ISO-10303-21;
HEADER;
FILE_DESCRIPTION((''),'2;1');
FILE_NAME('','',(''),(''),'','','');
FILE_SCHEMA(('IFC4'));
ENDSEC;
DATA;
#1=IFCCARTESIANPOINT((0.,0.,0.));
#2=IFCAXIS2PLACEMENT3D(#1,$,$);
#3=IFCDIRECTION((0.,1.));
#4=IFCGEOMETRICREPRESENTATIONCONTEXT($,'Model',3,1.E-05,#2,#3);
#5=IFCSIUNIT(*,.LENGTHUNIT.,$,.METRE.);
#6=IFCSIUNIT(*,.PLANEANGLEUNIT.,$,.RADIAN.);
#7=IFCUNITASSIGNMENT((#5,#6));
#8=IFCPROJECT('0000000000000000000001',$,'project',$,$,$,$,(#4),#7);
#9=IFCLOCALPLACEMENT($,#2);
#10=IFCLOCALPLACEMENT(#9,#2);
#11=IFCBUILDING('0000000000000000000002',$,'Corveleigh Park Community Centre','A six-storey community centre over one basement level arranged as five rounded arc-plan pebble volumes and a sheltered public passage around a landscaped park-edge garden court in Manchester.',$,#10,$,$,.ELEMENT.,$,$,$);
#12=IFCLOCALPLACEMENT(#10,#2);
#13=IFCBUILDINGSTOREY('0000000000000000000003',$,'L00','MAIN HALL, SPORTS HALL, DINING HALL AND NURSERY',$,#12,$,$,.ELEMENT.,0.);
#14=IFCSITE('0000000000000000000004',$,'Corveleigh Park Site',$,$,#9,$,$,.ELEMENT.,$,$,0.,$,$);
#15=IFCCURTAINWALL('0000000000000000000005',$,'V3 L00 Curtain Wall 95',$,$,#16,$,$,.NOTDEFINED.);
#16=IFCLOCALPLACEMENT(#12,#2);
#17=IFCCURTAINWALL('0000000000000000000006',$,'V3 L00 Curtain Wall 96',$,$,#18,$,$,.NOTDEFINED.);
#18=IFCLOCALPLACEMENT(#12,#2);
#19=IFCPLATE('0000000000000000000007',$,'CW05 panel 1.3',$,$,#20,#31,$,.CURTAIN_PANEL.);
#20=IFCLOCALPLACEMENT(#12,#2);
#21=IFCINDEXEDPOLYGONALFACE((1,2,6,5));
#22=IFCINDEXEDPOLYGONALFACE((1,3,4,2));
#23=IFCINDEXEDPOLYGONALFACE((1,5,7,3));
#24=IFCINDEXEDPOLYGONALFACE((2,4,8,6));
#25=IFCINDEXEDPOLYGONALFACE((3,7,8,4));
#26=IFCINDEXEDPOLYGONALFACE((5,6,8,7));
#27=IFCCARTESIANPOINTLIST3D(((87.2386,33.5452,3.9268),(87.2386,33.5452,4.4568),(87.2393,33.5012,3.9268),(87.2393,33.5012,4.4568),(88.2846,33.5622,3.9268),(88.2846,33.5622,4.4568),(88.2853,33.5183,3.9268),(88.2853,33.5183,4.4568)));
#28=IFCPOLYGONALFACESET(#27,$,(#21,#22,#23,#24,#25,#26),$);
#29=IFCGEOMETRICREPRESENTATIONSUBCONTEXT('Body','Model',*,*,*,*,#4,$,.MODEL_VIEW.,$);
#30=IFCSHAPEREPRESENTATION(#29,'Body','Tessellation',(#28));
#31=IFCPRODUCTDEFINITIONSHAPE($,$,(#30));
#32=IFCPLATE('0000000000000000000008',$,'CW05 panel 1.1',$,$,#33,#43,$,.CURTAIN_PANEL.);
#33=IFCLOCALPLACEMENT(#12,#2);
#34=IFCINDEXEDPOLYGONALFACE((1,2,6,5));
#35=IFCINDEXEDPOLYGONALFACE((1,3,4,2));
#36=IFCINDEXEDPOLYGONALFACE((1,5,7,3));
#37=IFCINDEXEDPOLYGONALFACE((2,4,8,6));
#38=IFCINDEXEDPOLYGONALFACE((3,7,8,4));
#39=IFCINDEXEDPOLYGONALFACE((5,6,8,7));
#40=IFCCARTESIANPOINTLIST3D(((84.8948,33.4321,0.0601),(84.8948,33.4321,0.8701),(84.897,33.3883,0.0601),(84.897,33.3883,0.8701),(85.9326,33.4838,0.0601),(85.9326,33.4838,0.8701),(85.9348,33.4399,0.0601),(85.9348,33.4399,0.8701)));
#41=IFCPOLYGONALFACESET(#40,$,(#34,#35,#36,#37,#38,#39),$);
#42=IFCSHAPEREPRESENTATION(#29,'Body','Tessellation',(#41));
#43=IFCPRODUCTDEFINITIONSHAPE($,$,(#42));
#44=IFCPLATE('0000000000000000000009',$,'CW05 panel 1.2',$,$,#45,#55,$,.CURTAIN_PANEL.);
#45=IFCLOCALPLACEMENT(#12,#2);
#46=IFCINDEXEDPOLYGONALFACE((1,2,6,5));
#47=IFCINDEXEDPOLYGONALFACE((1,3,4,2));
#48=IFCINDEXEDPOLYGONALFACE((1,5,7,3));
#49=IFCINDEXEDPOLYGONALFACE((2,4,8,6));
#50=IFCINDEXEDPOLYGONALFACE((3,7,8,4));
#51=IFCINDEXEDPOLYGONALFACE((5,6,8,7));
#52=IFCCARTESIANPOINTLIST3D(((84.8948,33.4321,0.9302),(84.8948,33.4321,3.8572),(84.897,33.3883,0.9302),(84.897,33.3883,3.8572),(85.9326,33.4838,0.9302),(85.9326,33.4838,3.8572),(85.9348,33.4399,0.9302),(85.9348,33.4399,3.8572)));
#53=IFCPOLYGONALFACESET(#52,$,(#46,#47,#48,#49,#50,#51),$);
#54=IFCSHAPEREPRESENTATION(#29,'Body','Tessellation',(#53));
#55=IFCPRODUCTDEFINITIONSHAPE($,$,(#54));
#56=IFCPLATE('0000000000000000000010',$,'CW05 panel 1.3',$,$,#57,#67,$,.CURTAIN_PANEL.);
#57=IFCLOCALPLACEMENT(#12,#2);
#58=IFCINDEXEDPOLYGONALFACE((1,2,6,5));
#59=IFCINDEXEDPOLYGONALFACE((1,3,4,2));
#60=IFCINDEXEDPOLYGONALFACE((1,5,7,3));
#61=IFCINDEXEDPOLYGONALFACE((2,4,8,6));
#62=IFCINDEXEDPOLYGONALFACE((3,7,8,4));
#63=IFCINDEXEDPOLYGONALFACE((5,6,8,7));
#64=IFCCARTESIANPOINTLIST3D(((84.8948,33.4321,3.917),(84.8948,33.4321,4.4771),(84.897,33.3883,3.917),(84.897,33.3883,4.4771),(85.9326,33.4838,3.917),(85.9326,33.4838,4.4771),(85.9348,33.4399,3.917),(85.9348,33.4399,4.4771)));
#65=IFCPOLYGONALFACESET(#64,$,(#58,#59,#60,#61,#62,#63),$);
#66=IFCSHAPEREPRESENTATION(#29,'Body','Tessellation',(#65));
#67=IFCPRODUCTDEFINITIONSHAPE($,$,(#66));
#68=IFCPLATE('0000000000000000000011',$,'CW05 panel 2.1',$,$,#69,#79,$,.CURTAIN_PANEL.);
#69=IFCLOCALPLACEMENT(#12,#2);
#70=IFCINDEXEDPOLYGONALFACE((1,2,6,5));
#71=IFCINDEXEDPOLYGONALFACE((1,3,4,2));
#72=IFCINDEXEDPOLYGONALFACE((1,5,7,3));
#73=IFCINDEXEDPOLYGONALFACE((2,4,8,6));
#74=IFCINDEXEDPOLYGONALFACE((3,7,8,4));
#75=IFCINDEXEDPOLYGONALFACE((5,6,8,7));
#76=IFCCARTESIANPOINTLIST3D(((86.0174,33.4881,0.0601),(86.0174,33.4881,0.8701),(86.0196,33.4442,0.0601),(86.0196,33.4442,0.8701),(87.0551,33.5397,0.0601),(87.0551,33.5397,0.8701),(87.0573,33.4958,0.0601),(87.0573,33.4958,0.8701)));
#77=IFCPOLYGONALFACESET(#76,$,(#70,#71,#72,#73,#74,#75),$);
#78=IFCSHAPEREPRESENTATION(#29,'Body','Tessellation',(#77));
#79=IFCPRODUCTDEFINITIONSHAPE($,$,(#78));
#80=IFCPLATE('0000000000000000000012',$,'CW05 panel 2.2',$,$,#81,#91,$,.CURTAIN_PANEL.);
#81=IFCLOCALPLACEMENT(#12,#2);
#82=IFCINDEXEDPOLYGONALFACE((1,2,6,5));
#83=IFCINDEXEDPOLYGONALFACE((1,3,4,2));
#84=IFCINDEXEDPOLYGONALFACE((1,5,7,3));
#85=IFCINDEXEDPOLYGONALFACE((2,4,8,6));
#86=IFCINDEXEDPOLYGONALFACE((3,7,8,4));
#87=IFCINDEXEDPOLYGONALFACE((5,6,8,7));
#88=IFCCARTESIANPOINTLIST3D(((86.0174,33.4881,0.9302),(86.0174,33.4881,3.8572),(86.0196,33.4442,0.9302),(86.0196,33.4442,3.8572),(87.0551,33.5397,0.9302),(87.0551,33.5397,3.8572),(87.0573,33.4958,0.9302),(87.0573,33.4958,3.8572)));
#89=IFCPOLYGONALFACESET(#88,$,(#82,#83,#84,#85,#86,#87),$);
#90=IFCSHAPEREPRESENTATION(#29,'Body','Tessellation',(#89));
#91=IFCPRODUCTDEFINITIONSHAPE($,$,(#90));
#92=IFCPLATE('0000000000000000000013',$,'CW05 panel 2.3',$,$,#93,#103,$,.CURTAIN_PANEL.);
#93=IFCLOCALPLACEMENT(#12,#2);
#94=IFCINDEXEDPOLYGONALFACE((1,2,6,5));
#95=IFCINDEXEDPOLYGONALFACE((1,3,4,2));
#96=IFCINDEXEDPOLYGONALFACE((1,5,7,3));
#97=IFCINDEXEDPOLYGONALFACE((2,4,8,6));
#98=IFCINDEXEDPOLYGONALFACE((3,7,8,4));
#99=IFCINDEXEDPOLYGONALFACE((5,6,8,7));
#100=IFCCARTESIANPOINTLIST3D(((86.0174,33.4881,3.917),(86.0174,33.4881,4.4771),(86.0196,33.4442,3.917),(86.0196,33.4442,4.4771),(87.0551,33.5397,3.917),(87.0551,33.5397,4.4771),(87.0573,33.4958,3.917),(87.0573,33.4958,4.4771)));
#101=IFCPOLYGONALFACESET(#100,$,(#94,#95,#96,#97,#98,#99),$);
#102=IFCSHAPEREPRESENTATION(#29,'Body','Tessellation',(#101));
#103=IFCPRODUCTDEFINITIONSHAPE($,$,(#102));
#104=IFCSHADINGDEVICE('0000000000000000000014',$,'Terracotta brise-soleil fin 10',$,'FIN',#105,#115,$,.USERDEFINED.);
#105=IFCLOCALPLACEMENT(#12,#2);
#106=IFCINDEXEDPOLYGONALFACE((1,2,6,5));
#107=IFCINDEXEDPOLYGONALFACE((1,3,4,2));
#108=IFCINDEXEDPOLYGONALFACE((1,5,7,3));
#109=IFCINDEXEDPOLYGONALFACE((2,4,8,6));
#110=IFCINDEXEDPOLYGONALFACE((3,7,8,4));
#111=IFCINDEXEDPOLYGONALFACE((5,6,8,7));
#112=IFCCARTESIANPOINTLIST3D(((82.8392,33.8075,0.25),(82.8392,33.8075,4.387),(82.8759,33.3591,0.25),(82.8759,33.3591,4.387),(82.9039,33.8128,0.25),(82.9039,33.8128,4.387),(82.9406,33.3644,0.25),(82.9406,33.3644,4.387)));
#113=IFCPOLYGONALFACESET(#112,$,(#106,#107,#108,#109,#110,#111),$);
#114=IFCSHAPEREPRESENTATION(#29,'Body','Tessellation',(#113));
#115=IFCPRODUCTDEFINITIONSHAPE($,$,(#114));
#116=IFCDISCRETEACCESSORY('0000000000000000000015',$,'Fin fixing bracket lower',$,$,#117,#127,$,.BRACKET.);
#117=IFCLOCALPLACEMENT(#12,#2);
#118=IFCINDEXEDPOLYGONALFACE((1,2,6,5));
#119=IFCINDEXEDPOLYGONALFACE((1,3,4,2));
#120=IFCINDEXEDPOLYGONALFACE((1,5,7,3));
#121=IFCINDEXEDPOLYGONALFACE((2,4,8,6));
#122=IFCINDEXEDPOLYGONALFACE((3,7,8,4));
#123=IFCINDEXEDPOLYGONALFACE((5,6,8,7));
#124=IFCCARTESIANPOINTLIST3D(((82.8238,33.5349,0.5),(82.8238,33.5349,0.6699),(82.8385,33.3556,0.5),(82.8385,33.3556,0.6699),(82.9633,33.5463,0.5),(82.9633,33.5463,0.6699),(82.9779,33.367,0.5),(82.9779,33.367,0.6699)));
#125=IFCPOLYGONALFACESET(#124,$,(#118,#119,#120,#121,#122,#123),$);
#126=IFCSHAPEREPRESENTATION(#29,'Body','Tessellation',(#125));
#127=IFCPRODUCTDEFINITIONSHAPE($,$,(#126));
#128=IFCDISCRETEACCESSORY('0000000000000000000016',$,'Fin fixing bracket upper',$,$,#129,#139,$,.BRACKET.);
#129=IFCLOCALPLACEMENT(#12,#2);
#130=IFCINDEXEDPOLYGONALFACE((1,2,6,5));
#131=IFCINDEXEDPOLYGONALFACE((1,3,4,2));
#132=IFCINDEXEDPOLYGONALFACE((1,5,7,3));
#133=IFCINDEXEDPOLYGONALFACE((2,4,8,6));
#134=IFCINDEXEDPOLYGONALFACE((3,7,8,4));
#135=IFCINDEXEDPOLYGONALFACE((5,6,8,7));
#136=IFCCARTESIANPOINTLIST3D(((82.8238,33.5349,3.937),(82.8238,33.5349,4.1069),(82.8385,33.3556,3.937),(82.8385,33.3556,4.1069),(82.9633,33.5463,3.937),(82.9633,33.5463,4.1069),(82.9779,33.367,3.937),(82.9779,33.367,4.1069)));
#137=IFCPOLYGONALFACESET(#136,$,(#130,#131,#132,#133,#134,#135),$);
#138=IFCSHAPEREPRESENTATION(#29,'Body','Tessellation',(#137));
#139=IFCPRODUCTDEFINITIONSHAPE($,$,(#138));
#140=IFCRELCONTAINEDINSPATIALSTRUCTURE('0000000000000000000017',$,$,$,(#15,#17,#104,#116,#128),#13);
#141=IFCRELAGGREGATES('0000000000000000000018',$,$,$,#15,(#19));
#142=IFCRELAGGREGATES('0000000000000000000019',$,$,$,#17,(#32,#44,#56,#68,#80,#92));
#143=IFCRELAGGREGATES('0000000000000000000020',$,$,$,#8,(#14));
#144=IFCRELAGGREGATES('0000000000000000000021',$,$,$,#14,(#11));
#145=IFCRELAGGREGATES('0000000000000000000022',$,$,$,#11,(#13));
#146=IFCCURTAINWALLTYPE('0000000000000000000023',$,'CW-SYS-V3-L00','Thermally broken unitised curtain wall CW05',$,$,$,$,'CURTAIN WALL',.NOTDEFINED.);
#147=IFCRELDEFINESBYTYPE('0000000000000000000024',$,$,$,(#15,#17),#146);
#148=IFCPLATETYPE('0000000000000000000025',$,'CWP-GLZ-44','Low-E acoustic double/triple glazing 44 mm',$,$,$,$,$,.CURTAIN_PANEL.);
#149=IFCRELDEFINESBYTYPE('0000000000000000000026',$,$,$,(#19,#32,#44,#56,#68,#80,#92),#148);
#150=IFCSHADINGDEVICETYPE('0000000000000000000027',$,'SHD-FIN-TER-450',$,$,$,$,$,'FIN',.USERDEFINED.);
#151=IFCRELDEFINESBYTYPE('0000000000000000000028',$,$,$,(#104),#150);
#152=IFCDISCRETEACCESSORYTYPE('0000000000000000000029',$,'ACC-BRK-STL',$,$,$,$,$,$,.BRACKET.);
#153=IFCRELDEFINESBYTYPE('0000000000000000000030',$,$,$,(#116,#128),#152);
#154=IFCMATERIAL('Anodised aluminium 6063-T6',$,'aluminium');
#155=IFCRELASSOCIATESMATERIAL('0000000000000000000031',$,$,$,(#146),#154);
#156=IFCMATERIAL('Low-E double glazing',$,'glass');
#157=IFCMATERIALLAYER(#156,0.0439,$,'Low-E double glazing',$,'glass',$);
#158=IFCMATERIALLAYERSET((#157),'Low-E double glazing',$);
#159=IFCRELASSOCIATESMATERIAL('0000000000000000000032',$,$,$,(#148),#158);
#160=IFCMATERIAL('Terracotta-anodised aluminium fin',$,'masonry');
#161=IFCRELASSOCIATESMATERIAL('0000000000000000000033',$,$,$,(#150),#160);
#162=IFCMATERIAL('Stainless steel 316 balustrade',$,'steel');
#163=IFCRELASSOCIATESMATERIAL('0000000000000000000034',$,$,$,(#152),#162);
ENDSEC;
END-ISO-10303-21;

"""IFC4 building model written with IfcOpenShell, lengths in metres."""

from ifc_helpers import new_model, si_unit, direction, frame, origin, origin_2d, place, context, subcontext, project, spatial, rectangle, extrude, material, layer, layer_set, type_object, element, aggregate, save


model = new_model("IFC4")

# Units and contexts
model_context = context("Model", 3, precision=1e-05, world=origin(), true_north=direction((0.0, 1.0)))
body_context = subcontext(model_context, "Body", "Model", "MODEL_VIEW")
ifc_project = project(units=[si_unit("LENGTHUNIT", "METRE"), si_unit("PLANEANGLEUNIT", "RADIAN")], contexts=[model_context])

# Site, building, storey
site_placement = place(None, origin())
site = spatial("IfcSite", under=ifc_project, at=site_placement, Name="Corveleigh Park Site", CompositionType="ELEMENT", RefElevation=0.0)
building_placement = place(site_placement, origin())
building = spatial("IfcBuilding", under=site, at=building_placement, Name="Corveleigh Park Community Centre", Description="A six-storey community centre over one basement level arranged as five rounded arc-plan pebble volumes and a sheltered public passage around a landscaped park-edge garden court in Manchester.", CompositionType="ELEMENT")
storey_placement = place(building_placement, origin())
storey = spatial("IfcBuildingStorey", under=building, at=storey_placement, Name="L00", Description="MAIN HALL, SPORTS HALL, DINING HALL AND NURSERY", CompositionType="ELEMENT", Elevation=0.0)

# Curtain walls
ifc_material_1 = material(Name="Anodised aluminium 6063-T6", Category="aluminium")
curtain_wall_type = type_object("IfcCurtainWallType", Name="CW-SYS-V3-L00", Description="Thermally broken unitised curtain wall CW05", ElementType="CURTAIN WALL", PredefinedType="NOTDEFINED", material=ifc_material_1)
curtain_wall_1_placement = place(storey_placement, origin())
curtain_wall_1 = element("IfcCurtainWall", 1, at=curtain_wall_1_placement, inside=storey, type_object=curtain_wall_type, Name="V3 L00 Curtain Wall 95", PredefinedType="NOTDEFINED")
curtain_wall_2_placement = place(storey_placement, origin())
curtain_wall_2 = element("IfcCurtainWall", 2, at=curtain_wall_2_placement, inside=storey, type_object=curtain_wall_type, Name="V3 L00 Curtain Wall 96", PredefinedType="NOTDEFINED")

# Plates
ifc_material_2 = material(Name="Low-E double glazing", Category="glass")
ifc_layer = layer(ifc_material_2, 0.0439, Name="Low-E double glazing", Category="glass")
ifc_layer_set = layer_set([ifc_layer], Name="Low-E double glazing")
plate_type = type_object("IfcPlateType", Name="CWP-GLZ-44", Description="Low-E acoustic double/triple glazing 44 mm", PredefinedType="CURTAIN_PANEL", material=ifc_layer_set)
plate_1_placement = place(storey_placement, frame((87.762, 33.5317, 3.9268), z_axis=(0.0, 0.0, 1.0), x_axis=(0.999867, 0.016293, 0.0)))
plate_1 = element("IfcPlate", 3, at=plate_1_placement, type_object=plate_type, Name="CW05 panel 1.3", PredefinedType="CURTAIN_PANEL", context=body_context, shape_type="SweptSolid", body=[
    extrude(rectangle(XDim=1.0461, YDim=0.0439, at=origin_2d()), origin(), (0.0, 0.0, 1.0), 0.53),
])
aggregate(curtain_wall_1, [plate_1])
plate_2_placement = place(storey_placement, frame((85.4148, 33.436, 0.0601), z_axis=(0.0, 0.0, 1.0), x_axis=(0.998763, 0.049724, 0.0)))
plate_2 = element("IfcPlate", 4, at=plate_2_placement, type_object=plate_type, Name="CW05 panel 1.1", PredefinedType="CURTAIN_PANEL", context=body_context, shape_type="SweptSolid", body=[
    extrude(rectangle(XDim=1.0391, YDim=0.0439, at=origin_2d()), origin(), (0.0, 0.0, 1.0), 0.8101),
])
plate_3_placement = place(storey_placement, frame((85.4148, 33.436, 0.9302), z_axis=(0.0, 0.0, 1.0), x_axis=(0.998763, 0.049724, 0.0)))
plate_3 = element("IfcPlate", 5, at=plate_3_placement, type_object=plate_type, Name="CW05 panel 1.2", PredefinedType="CURTAIN_PANEL", context=body_context, shape_type="SweptSolid", body=[
    extrude(rectangle(XDim=1.0391, YDim=0.0439, at=origin_2d()), origin(), (0.0, 0.0, 1.0), 2.927),
])
plate_4_placement = place(storey_placement, frame((85.4148, 33.436, 3.917), z_axis=(0.0, 0.0, 1.0), x_axis=(0.998763, 0.049724, 0.0)))
plate_4 = element("IfcPlate", 6, at=plate_4_placement, type_object=plate_type, Name="CW05 panel 1.3", PredefinedType="CURTAIN_PANEL", context=body_context, shape_type="SweptSolid", body=[
    extrude(rectangle(XDim=1.0391, YDim=0.0439, at=origin_2d()), origin(), (0.0, 0.0, 1.0), 0.5601),
])
plate_5_placement = place(storey_placement, frame((86.5374, 33.4919, 0.0601), z_axis=(0.0, 0.0, 1.0), x_axis=(0.998763, 0.049724, 0.0)))
plate_5 = element("IfcPlate", 7, at=plate_5_placement, type_object=plate_type, Name="CW05 panel 2.1", PredefinedType="CURTAIN_PANEL", context=body_context, shape_type="SweptSolid", body=[
    extrude(rectangle(XDim=1.0391, YDim=0.0439, at=origin_2d()), origin(), (0.0, 0.0, 1.0), 0.8101),
])
plate_6_placement = place(storey_placement, frame((86.5374, 33.4919, 0.9302), z_axis=(0.0, 0.0, 1.0), x_axis=(0.998763, 0.049724, 0.0)))
plate_6 = element("IfcPlate", 8, at=plate_6_placement, type_object=plate_type, Name="CW05 panel 2.2", PredefinedType="CURTAIN_PANEL", context=body_context, shape_type="SweptSolid", body=[
    extrude(rectangle(XDim=1.0391, YDim=0.0439, at=origin_2d()), origin(), (0.0, 0.0, 1.0), 2.927),
])
plate_7_placement = place(storey_placement, frame((86.5374, 33.4919, 3.917), z_axis=(0.0, 0.0, 1.0), x_axis=(0.998763, 0.049724, 0.0)))
plate_7 = element("IfcPlate", 9, at=plate_7_placement, type_object=plate_type, Name="CW05 panel 2.3", PredefinedType="CURTAIN_PANEL", context=body_context, shape_type="SweptSolid", body=[
    extrude(rectangle(XDim=1.0391, YDim=0.0439, at=origin_2d()), origin(), (0.0, 0.0, 1.0), 0.5601),
])
aggregate(curtain_wall_2, [plate_2, plate_3, plate_4, plate_5, plate_6, plate_7])

# Shading device
ifc_material_3 = material(Name="Terracotta-anodised aluminium fin", Category="masonry")
shading_device_type = type_object("IfcShadingDeviceType", Name="SHD-FIN-TER-450", ElementType="FIN", PredefinedType="USERDEFINED", material=ifc_material_3)
shading_device_placement = place(storey_placement, frame((82.8899, 33.5859, 0.25), z_axis=(0.0, 0.0, 1.0), x_axis=(-0.081484, 0.996675, 0.0)))
element("IfcShadingDevice", 10, at=shading_device_placement, inside=storey, type_object=shading_device_type, Name="Terracotta brise-soleil fin 10", ObjectType="FIN", PredefinedType="USERDEFINED", context=body_context, shape_type="SweptSolid", body=[
    extrude(rectangle(XDim=0.45, YDim=0.0649, at=origin_2d()), origin(), (0.0, 0.0, 1.0), 4.137),
])

# Discrete accessories
ifc_material_4 = material(Name="Stainless steel 316 balustrade", Category="steel")
discrete_accessory_type = type_object("IfcDiscreteAccessoryType", Name="ACC-BRK-STL", PredefinedType="BRACKET", material=ifc_material_4)
for number, where, z_axis, x_axis, name in (
    (11, (82.9009, 33.4509, 0.5), (0.0, 0.0, 1.0), (-0.081484, 0.996675, 0.0), "Fin fixing bracket lower"),
    (12, (82.9009, 33.4509, 3.937), (0.0, 0.0, 1.0), (-0.081484, 0.996675, 0.0), "Fin fixing bracket upper"),
):
    element("IfcDiscreteAccessory", number, at=place(storey_placement, frame(where, z_axis=z_axis, x_axis=x_axis)), inside=storey, type_object=discrete_accessory_type, Name=name, PredefinedType="BRACKET", context=body_context, shape_type="SweptSolid", body=[
        extrude(rectangle(XDim=0.1799, YDim=0.1399, at=origin_2d()), origin(), (0.0, 0.0, 1.0), 0.1699),
    ])

save(model, "model.ifc")
